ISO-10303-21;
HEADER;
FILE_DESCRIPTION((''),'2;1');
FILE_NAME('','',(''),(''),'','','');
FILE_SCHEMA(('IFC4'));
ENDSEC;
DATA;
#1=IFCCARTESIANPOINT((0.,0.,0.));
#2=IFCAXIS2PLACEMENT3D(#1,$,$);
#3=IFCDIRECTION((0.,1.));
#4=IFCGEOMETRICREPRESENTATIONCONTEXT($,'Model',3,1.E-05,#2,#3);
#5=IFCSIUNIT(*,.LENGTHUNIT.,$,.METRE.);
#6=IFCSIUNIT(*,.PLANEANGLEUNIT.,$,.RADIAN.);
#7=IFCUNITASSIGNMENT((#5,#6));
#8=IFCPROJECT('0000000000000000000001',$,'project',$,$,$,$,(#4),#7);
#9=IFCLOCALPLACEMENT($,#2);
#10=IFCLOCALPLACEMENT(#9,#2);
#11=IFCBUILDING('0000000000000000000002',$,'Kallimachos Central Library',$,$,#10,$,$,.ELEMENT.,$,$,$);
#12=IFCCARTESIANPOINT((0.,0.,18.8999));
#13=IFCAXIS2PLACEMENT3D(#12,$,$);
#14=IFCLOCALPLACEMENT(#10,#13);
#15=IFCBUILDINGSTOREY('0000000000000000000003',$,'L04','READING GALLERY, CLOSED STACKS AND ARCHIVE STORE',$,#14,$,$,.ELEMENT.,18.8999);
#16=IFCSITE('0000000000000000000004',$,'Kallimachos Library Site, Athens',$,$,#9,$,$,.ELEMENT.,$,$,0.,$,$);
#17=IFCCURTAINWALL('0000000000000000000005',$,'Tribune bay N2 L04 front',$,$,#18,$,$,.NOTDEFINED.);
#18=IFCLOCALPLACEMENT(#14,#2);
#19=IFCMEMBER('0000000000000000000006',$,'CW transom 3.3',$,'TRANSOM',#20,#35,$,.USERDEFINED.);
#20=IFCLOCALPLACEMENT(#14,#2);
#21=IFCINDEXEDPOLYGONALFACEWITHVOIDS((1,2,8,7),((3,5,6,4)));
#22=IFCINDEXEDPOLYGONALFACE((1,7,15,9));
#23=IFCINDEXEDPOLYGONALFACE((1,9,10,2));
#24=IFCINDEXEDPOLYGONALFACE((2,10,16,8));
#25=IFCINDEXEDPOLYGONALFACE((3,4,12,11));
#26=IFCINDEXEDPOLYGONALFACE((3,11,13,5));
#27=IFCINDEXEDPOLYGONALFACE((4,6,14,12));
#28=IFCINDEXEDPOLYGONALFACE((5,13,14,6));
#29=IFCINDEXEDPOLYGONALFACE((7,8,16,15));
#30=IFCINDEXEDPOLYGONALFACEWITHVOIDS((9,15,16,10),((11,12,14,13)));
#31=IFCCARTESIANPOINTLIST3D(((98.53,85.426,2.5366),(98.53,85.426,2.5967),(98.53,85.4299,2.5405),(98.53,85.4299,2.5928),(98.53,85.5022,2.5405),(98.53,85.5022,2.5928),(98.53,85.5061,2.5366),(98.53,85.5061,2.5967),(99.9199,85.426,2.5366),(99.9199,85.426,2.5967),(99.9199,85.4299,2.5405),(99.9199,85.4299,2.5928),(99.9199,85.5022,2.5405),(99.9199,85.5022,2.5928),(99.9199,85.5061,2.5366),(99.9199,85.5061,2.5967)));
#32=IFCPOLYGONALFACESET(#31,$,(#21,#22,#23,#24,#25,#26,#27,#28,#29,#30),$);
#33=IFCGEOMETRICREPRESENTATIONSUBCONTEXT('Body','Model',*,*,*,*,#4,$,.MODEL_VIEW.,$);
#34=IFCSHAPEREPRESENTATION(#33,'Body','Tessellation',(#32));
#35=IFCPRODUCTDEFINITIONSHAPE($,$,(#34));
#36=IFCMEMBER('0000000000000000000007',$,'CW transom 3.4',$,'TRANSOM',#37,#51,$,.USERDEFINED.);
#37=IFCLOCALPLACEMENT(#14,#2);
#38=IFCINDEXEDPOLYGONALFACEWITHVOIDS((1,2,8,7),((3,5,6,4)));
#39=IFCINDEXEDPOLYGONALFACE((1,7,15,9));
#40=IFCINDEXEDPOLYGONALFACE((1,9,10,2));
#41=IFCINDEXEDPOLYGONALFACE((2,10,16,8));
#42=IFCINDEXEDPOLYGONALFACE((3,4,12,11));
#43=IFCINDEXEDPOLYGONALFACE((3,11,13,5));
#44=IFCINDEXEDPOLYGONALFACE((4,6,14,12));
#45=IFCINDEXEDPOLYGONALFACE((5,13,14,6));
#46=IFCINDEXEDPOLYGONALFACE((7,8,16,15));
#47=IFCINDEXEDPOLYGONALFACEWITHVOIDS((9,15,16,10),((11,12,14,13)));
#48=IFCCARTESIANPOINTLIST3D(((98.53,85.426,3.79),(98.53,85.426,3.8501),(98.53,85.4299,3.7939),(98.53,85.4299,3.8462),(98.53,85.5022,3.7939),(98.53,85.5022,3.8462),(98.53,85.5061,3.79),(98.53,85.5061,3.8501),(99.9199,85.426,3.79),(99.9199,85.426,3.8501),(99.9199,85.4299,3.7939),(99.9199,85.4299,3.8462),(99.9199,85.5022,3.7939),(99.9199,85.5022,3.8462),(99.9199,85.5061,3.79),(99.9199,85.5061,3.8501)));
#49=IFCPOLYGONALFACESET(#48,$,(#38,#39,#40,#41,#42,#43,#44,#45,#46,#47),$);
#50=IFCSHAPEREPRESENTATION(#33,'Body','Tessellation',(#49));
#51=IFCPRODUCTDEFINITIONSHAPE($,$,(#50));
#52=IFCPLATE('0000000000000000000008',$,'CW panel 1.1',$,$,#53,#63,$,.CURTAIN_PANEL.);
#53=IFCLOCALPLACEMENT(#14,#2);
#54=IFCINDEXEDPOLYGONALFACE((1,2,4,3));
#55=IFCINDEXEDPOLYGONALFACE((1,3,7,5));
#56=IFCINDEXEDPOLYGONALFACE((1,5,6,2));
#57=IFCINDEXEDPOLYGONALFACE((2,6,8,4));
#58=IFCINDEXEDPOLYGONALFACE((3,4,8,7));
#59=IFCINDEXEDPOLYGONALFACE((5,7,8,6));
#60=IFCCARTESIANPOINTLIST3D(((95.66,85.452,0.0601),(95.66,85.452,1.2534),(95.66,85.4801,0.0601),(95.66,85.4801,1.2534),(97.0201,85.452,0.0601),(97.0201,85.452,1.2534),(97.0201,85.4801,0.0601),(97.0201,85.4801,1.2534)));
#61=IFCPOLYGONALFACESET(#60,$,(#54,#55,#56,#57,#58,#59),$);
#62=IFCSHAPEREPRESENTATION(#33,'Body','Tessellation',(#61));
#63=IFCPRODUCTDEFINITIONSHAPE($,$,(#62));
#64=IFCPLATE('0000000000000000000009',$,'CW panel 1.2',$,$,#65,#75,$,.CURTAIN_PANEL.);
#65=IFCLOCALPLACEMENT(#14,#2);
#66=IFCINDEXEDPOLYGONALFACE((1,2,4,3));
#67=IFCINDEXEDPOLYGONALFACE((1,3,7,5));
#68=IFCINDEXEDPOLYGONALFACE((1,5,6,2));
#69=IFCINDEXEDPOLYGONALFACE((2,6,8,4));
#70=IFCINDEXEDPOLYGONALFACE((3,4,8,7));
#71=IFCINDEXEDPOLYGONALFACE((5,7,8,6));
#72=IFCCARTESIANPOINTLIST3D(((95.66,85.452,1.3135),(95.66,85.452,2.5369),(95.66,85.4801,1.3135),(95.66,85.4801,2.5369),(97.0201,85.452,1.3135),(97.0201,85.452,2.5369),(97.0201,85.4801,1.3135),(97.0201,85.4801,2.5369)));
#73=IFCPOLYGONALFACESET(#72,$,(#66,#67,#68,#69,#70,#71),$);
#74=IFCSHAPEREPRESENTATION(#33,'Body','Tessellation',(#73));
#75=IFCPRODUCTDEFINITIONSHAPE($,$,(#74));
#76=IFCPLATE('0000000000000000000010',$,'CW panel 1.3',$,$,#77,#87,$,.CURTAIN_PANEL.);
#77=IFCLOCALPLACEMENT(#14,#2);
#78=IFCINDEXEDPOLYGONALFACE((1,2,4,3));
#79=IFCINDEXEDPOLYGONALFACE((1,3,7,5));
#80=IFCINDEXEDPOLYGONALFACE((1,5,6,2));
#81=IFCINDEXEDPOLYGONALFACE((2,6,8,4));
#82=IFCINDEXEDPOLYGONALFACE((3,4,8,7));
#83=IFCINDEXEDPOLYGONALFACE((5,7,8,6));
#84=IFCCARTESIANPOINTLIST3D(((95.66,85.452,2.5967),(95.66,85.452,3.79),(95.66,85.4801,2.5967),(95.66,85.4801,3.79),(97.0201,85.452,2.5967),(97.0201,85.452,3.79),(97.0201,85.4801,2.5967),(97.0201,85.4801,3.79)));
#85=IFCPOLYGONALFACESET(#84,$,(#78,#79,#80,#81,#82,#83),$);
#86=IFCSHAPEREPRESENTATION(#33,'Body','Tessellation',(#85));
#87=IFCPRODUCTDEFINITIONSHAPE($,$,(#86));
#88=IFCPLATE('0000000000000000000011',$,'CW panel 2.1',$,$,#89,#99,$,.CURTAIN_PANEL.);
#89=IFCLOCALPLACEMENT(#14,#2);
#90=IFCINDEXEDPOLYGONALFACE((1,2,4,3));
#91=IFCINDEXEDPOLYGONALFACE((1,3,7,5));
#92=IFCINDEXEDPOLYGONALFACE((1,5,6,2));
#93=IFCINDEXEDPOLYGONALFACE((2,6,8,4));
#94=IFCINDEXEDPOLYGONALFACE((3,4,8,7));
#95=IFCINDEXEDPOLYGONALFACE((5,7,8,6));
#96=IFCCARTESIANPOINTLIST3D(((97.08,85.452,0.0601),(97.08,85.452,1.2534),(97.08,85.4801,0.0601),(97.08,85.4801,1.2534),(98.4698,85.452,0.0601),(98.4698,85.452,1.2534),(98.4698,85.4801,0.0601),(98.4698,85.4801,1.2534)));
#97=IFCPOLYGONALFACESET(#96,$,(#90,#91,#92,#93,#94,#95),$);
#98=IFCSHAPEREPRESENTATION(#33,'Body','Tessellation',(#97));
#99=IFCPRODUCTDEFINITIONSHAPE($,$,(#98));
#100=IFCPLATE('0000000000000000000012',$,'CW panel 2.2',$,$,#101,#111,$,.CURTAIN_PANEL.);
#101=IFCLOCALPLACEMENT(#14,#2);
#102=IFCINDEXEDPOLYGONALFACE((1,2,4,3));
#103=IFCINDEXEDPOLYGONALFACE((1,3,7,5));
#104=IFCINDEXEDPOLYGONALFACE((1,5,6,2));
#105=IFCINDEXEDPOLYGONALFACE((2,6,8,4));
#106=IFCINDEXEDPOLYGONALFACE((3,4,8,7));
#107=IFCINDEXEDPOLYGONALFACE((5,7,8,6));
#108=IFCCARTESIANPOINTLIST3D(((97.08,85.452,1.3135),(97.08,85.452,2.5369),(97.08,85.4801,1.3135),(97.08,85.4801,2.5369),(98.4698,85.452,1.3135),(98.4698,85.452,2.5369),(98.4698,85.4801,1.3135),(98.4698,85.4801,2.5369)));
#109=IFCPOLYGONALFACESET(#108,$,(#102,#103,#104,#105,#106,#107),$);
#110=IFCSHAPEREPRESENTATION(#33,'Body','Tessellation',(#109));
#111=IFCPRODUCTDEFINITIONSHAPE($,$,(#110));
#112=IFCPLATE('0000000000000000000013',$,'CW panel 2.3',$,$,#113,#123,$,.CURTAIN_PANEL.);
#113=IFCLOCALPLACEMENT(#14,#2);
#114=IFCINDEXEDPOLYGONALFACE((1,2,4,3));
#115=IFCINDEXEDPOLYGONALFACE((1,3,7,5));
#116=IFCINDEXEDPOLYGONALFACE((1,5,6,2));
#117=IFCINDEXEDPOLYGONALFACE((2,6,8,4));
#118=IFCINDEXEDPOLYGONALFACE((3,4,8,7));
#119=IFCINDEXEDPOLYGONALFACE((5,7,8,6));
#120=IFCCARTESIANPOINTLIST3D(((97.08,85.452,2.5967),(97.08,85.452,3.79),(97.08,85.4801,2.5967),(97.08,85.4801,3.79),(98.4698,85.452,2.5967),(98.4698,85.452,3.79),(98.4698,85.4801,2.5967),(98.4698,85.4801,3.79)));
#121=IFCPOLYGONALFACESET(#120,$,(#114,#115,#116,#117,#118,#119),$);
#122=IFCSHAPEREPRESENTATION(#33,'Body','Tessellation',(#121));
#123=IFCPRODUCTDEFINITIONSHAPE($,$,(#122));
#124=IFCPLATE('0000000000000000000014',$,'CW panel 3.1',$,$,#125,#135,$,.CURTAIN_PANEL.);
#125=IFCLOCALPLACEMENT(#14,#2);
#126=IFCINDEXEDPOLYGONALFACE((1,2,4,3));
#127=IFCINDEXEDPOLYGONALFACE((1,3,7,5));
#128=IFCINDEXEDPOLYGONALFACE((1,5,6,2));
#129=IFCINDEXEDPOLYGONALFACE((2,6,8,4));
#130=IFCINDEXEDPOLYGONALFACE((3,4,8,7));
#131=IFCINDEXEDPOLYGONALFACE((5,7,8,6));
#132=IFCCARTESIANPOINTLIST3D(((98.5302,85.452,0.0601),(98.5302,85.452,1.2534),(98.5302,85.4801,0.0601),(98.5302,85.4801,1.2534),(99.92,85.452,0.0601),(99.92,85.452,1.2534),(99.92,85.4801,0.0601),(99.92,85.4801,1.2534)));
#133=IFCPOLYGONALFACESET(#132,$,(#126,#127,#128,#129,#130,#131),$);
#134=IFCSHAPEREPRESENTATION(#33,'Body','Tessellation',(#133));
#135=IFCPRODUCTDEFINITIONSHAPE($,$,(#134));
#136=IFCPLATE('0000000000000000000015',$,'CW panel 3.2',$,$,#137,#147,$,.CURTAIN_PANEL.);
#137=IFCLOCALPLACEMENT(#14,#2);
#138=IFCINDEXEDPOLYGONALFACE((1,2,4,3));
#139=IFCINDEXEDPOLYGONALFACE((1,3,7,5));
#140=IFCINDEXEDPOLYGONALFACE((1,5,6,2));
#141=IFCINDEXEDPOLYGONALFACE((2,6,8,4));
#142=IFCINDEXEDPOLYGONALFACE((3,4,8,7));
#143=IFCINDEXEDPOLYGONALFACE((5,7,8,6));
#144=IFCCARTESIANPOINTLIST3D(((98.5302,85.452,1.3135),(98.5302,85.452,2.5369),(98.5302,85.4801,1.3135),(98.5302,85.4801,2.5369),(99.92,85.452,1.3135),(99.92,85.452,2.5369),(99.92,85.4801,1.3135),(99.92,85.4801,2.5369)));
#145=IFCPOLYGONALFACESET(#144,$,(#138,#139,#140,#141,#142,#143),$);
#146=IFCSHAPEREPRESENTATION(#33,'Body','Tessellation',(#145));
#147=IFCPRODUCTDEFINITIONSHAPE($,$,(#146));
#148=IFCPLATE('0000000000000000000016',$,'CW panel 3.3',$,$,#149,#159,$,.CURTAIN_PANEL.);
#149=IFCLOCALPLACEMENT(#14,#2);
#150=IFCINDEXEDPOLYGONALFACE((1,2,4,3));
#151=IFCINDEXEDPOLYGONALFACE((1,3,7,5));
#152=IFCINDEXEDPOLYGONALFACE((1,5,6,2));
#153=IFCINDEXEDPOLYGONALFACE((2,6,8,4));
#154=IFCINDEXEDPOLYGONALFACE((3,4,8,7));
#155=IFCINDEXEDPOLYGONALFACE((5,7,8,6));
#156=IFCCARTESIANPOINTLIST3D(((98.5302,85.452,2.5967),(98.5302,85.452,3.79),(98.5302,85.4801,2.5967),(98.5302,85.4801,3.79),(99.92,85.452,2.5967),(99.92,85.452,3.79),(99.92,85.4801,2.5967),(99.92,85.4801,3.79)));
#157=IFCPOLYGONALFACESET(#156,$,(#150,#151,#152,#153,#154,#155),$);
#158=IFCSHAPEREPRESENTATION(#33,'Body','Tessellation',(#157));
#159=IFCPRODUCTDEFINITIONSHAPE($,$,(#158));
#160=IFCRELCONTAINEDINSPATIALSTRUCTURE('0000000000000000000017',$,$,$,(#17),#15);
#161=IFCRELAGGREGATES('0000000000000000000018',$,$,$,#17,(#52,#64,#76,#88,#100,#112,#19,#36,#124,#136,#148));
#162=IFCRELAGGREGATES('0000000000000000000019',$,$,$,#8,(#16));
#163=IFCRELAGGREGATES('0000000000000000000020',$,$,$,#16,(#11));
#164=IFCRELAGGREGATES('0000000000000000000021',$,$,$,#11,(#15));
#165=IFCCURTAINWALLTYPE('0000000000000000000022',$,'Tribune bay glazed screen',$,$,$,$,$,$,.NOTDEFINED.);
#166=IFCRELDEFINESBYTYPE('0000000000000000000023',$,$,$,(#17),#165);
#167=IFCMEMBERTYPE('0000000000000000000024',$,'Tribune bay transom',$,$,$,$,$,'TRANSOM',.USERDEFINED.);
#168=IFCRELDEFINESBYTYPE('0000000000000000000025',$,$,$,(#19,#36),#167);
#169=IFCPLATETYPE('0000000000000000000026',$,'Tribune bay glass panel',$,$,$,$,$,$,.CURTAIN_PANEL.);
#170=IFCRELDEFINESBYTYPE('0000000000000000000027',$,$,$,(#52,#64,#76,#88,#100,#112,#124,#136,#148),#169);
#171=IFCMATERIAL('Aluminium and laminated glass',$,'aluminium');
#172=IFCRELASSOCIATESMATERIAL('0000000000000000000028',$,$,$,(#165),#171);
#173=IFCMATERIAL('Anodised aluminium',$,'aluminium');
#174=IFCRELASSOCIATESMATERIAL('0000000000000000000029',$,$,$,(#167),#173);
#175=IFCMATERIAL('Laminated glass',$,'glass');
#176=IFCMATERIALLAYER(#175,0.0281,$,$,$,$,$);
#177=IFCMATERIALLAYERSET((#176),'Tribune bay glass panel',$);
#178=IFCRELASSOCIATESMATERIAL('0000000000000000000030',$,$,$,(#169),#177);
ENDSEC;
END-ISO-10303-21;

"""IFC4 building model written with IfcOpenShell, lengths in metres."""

from ifc_helpers import new_model, si_unit, direction, frame, origin, origin_2d, place, context, subcontext, project, spatial, rectangle, hollow_rectangle, extrude, material, layer, layer_set, material_profile, profile_set, type_object, element, aggregate, save


model = new_model("IFC4")

# Units and contexts
model_context = context("Model", 3, precision=1e-05, world=origin(), true_north=direction((0.0, 1.0)))
body_context = subcontext(model_context, "Body", "Model", "MODEL_VIEW")
ifc_project = project(units=[si_unit("LENGTHUNIT", "METRE"), si_unit("PLANEANGLEUNIT", "RADIAN")], contexts=[model_context])

# Site, building, storey
site_placement = place(None, origin())
site = spatial("IfcSite", under=ifc_project, at=site_placement, Name="Kallimachos Library Site, Athens", CompositionType="ELEMENT", RefElevation=0.0)
building_placement = place(site_placement, origin())
building = spatial("IfcBuilding", under=site, at=building_placement, Name="Kallimachos Central Library", CompositionType="ELEMENT")
storey_placement = place(building_placement, frame((0.0, 0.0, 18.8999)))
storey = spatial("IfcBuildingStorey", under=building, at=storey_placement, Name="L04", Description="READING GALLERY, CLOSED STACKS AND ARCHIVE STORE", CompositionType="ELEMENT", Elevation=18.8999)

# Curtain wall, members, plates
ifc_material_1 = material(Name="Aluminium and laminated glass", Category="aluminium")
curtain_wall_type = type_object("IfcCurtainWallType", Name="Tribune bay glazed screen", PredefinedType="NOTDEFINED", material=ifc_material_1)
curtain_wall_placement = place(storey_placement, origin())
curtain_wall = element("IfcCurtainWall", 1, at=curtain_wall_placement, inside=storey, type_object=curtain_wall_type, Name="Tribune bay N2 L04 front", PredefinedType="NOTDEFINED")
ifc_material_2 = material(Name="Anodised aluminium", Category="aluminium")
ifc_material_profile_1 = material_profile(ifc_material_2, hollow_rectangle(XDim=0.0601, YDim=0.0801, WallThickness=0.0039, at=origin_2d()), Name="ALU TRANSOM 60x80")
ifc_profile_set_1 = profile_set([ifc_material_profile_1], Name="Anodised aluminium")
member_type_1 = type_object("IfcMemberType", Name="Tribune bay transom", ElementType="TRANSOM", PredefinedType="USERDEFINED", material=ifc_profile_set_1)
member_1_placement = place(storey_placement, frame((98.53, 85.4661, 2.5667), z_axis=(1.0, 0.0, 0.0), x_axis=(0.0, 0.0, 1.0)))
member_1 = element("IfcMember", 2, at=member_1_placement, type_object=member_type_1, Name="CW transom 3.3", ObjectType="TRANSOM", PredefinedType="USERDEFINED", context=body_context, shape_type="SweptSolid", body=[
    extrude(hollow_rectangle(XDim=0.0601, YDim=0.0801, WallThickness=0.0039, at=origin_2d()), origin(), (0.0, 0.0, 1.0), 1.3899),
])
member_2_placement = place(storey_placement, frame((98.53, 85.4661, 3.8201), z_axis=(1.0, 0.0, 0.0), x_axis=(0.0, 0.0, 1.0)))
member_2 = element("IfcMember", 3, at=member_2_placement, type_object=member_type_1, Name="CW transom 3.4", ObjectType="TRANSOM", PredefinedType="USERDEFINED", context=body_context, shape_type="SweptSolid", body=[
    extrude(hollow_rectangle(XDim=0.0601, YDim=0.0801, WallThickness=0.0039, at=origin_2d()), origin(), (0.0, 0.0, 1.0), 1.3899),
])
ifc_material_3 = material(Name="Laminated glass", Category="glass")
ifc_layer = layer(ifc_material_3, 0.0281)
ifc_layer_set = layer_set([ifc_layer], Name="Tribune bay glass panel")
plate_type = type_object("IfcPlateType", Name="Tribune bay glass panel", PredefinedType="CURTAIN_PANEL", material=ifc_layer_set)
plate_1_placement = place(storey_placement, frame((96.3401, 85.4661, 0.0601), z_axis=(0.0, 0.0, 1.0), x_axis=(1.0, 0.0, 0.0)))
plate_1 = element("IfcPlate", 4, at=plate_1_placement, type_object=plate_type, Name="CW panel 1.1", PredefinedType="CURTAIN_PANEL", context=body_context, shape_type="SweptSolid", body=[
    extrude(rectangle(XDim=1.3601, YDim=0.0281, at=origin_2d()), origin(), (0.0, 0.0, 1.0), 1.1934),
])
plate_2_placement = place(storey_placement, frame((96.3401, 85.4661, 1.3135), z_axis=(0.0, 0.0, 1.0), x_axis=(1.0, 0.0, 0.0)))
plate_2 = element("IfcPlate", 5, at=plate_2_placement, type_object=plate_type, Name="CW panel 1.2", PredefinedType="CURTAIN_PANEL", context=body_context, shape_type="SweptSolid", body=[
    extrude(rectangle(XDim=1.3601, YDim=0.0281, at=origin_2d()), origin(), (0.0, 0.0, 1.0), 1.2234),
])
plate_3_placement = place(storey_placement, frame((96.3401, 85.4661, 2.5967), z_axis=(0.0, 0.0, 1.0), x_axis=(1.0, 0.0, 0.0)))
plate_3 = element("IfcPlate", 6, at=plate_3_placement, type_object=plate_type, Name="CW panel 1.3", PredefinedType="CURTAIN_PANEL", context=body_context, shape_type="SweptSolid", body=[
    extrude(rectangle(XDim=1.3601, YDim=0.0281, at=origin_2d()), origin(), (0.0, 0.0, 1.0), 1.1934),
])
plate_4_placement = place(storey_placement, frame((97.7749, 85.4661, 0.0601), z_axis=(0.0, 0.0, 1.0), x_axis=(1.0, 0.0, 0.0)))
plate_4 = element("IfcPlate", 7, at=plate_4_placement, type_object=plate_type, Name="CW panel 2.1", PredefinedType="CURTAIN_PANEL", context=body_context, shape_type="SweptSolid", body=[
    extrude(rectangle(XDim=1.3899, YDim=0.0281, at=origin_2d()), origin(), (0.0, 0.0, 1.0), 1.1934),
])
plate_5_placement = place(storey_placement, frame((97.7749, 85.4661, 1.3135), z_axis=(0.0, 0.0, 1.0), x_axis=(1.0, 0.0, 0.0)))
plate_5 = element("IfcPlate", 8, at=plate_5_placement, type_object=plate_type, Name="CW panel 2.2", PredefinedType="CURTAIN_PANEL", context=body_context, shape_type="SweptSolid", body=[
    extrude(rectangle(XDim=1.3899, YDim=0.0281, at=origin_2d()), origin(), (0.0, 0.0, 1.0), 1.2234),
])
plate_6_placement = place(storey_placement, frame((97.7749, 85.4661, 2.5967), z_axis=(0.0, 0.0, 1.0), x_axis=(1.0, 0.0, 0.0)))
plate_6 = element("IfcPlate", 9, at=plate_6_placement, type_object=plate_type, Name="CW panel 2.3", PredefinedType="CURTAIN_PANEL", context=body_context, shape_type="SweptSolid", body=[
    extrude(rectangle(XDim=1.3899, YDim=0.0281, at=origin_2d()), origin(), (0.0, 0.0, 1.0), 1.1934),
])
plate_7_placement = place(storey_placement, frame((99.2251, 85.4661, 0.0601), z_axis=(0.0, 0.0, 1.0), x_axis=(1.0, 0.0, 0.0)))
plate_7 = element("IfcPlate", 10, at=plate_7_placement, type_object=plate_type, Name="CW panel 3.1", PredefinedType="CURTAIN_PANEL", context=body_context, shape_type="SweptSolid", body=[
    extrude(rectangle(XDim=1.3899, YDim=0.0281, at=origin_2d()), origin(), (0.0, 0.0, 1.0), 1.1934),
])
plate_8_placement = place(storey_placement, frame((99.2251, 85.4661, 1.3135), z_axis=(0.0, 0.0, 1.0), x_axis=(1.0, 0.0, 0.0)))
plate_8 = element("IfcPlate", 11, at=plate_8_placement, type_object=plate_type, Name="CW panel 3.2", PredefinedType="CURTAIN_PANEL", context=body_context, shape_type="SweptSolid", body=[
    extrude(rectangle(XDim=1.3899, YDim=0.0281, at=origin_2d()), origin(), (0.0, 0.0, 1.0), 1.2234),
])
plate_9_placement = place(storey_placement, frame((99.2251, 85.4661, 2.5967), z_axis=(0.0, 0.0, 1.0), x_axis=(1.0, 0.0, 0.0)))
plate_9 = element("IfcPlate", 12, at=plate_9_placement, type_object=plate_type, Name="CW panel 3.3", PredefinedType="CURTAIN_PANEL", context=body_context, shape_type="SweptSolid", body=[
    extrude(rectangle(XDim=1.3899, YDim=0.0281, at=origin_2d()), origin(), (0.0, 0.0, 1.0), 1.1934),
])
aggregate(curtain_wall, [plate_1, plate_2, plate_3, plate_4, plate_5, plate_6, member_1, member_2, plate_7, plate_8, plate_9])

save(model, "model.ifc")
